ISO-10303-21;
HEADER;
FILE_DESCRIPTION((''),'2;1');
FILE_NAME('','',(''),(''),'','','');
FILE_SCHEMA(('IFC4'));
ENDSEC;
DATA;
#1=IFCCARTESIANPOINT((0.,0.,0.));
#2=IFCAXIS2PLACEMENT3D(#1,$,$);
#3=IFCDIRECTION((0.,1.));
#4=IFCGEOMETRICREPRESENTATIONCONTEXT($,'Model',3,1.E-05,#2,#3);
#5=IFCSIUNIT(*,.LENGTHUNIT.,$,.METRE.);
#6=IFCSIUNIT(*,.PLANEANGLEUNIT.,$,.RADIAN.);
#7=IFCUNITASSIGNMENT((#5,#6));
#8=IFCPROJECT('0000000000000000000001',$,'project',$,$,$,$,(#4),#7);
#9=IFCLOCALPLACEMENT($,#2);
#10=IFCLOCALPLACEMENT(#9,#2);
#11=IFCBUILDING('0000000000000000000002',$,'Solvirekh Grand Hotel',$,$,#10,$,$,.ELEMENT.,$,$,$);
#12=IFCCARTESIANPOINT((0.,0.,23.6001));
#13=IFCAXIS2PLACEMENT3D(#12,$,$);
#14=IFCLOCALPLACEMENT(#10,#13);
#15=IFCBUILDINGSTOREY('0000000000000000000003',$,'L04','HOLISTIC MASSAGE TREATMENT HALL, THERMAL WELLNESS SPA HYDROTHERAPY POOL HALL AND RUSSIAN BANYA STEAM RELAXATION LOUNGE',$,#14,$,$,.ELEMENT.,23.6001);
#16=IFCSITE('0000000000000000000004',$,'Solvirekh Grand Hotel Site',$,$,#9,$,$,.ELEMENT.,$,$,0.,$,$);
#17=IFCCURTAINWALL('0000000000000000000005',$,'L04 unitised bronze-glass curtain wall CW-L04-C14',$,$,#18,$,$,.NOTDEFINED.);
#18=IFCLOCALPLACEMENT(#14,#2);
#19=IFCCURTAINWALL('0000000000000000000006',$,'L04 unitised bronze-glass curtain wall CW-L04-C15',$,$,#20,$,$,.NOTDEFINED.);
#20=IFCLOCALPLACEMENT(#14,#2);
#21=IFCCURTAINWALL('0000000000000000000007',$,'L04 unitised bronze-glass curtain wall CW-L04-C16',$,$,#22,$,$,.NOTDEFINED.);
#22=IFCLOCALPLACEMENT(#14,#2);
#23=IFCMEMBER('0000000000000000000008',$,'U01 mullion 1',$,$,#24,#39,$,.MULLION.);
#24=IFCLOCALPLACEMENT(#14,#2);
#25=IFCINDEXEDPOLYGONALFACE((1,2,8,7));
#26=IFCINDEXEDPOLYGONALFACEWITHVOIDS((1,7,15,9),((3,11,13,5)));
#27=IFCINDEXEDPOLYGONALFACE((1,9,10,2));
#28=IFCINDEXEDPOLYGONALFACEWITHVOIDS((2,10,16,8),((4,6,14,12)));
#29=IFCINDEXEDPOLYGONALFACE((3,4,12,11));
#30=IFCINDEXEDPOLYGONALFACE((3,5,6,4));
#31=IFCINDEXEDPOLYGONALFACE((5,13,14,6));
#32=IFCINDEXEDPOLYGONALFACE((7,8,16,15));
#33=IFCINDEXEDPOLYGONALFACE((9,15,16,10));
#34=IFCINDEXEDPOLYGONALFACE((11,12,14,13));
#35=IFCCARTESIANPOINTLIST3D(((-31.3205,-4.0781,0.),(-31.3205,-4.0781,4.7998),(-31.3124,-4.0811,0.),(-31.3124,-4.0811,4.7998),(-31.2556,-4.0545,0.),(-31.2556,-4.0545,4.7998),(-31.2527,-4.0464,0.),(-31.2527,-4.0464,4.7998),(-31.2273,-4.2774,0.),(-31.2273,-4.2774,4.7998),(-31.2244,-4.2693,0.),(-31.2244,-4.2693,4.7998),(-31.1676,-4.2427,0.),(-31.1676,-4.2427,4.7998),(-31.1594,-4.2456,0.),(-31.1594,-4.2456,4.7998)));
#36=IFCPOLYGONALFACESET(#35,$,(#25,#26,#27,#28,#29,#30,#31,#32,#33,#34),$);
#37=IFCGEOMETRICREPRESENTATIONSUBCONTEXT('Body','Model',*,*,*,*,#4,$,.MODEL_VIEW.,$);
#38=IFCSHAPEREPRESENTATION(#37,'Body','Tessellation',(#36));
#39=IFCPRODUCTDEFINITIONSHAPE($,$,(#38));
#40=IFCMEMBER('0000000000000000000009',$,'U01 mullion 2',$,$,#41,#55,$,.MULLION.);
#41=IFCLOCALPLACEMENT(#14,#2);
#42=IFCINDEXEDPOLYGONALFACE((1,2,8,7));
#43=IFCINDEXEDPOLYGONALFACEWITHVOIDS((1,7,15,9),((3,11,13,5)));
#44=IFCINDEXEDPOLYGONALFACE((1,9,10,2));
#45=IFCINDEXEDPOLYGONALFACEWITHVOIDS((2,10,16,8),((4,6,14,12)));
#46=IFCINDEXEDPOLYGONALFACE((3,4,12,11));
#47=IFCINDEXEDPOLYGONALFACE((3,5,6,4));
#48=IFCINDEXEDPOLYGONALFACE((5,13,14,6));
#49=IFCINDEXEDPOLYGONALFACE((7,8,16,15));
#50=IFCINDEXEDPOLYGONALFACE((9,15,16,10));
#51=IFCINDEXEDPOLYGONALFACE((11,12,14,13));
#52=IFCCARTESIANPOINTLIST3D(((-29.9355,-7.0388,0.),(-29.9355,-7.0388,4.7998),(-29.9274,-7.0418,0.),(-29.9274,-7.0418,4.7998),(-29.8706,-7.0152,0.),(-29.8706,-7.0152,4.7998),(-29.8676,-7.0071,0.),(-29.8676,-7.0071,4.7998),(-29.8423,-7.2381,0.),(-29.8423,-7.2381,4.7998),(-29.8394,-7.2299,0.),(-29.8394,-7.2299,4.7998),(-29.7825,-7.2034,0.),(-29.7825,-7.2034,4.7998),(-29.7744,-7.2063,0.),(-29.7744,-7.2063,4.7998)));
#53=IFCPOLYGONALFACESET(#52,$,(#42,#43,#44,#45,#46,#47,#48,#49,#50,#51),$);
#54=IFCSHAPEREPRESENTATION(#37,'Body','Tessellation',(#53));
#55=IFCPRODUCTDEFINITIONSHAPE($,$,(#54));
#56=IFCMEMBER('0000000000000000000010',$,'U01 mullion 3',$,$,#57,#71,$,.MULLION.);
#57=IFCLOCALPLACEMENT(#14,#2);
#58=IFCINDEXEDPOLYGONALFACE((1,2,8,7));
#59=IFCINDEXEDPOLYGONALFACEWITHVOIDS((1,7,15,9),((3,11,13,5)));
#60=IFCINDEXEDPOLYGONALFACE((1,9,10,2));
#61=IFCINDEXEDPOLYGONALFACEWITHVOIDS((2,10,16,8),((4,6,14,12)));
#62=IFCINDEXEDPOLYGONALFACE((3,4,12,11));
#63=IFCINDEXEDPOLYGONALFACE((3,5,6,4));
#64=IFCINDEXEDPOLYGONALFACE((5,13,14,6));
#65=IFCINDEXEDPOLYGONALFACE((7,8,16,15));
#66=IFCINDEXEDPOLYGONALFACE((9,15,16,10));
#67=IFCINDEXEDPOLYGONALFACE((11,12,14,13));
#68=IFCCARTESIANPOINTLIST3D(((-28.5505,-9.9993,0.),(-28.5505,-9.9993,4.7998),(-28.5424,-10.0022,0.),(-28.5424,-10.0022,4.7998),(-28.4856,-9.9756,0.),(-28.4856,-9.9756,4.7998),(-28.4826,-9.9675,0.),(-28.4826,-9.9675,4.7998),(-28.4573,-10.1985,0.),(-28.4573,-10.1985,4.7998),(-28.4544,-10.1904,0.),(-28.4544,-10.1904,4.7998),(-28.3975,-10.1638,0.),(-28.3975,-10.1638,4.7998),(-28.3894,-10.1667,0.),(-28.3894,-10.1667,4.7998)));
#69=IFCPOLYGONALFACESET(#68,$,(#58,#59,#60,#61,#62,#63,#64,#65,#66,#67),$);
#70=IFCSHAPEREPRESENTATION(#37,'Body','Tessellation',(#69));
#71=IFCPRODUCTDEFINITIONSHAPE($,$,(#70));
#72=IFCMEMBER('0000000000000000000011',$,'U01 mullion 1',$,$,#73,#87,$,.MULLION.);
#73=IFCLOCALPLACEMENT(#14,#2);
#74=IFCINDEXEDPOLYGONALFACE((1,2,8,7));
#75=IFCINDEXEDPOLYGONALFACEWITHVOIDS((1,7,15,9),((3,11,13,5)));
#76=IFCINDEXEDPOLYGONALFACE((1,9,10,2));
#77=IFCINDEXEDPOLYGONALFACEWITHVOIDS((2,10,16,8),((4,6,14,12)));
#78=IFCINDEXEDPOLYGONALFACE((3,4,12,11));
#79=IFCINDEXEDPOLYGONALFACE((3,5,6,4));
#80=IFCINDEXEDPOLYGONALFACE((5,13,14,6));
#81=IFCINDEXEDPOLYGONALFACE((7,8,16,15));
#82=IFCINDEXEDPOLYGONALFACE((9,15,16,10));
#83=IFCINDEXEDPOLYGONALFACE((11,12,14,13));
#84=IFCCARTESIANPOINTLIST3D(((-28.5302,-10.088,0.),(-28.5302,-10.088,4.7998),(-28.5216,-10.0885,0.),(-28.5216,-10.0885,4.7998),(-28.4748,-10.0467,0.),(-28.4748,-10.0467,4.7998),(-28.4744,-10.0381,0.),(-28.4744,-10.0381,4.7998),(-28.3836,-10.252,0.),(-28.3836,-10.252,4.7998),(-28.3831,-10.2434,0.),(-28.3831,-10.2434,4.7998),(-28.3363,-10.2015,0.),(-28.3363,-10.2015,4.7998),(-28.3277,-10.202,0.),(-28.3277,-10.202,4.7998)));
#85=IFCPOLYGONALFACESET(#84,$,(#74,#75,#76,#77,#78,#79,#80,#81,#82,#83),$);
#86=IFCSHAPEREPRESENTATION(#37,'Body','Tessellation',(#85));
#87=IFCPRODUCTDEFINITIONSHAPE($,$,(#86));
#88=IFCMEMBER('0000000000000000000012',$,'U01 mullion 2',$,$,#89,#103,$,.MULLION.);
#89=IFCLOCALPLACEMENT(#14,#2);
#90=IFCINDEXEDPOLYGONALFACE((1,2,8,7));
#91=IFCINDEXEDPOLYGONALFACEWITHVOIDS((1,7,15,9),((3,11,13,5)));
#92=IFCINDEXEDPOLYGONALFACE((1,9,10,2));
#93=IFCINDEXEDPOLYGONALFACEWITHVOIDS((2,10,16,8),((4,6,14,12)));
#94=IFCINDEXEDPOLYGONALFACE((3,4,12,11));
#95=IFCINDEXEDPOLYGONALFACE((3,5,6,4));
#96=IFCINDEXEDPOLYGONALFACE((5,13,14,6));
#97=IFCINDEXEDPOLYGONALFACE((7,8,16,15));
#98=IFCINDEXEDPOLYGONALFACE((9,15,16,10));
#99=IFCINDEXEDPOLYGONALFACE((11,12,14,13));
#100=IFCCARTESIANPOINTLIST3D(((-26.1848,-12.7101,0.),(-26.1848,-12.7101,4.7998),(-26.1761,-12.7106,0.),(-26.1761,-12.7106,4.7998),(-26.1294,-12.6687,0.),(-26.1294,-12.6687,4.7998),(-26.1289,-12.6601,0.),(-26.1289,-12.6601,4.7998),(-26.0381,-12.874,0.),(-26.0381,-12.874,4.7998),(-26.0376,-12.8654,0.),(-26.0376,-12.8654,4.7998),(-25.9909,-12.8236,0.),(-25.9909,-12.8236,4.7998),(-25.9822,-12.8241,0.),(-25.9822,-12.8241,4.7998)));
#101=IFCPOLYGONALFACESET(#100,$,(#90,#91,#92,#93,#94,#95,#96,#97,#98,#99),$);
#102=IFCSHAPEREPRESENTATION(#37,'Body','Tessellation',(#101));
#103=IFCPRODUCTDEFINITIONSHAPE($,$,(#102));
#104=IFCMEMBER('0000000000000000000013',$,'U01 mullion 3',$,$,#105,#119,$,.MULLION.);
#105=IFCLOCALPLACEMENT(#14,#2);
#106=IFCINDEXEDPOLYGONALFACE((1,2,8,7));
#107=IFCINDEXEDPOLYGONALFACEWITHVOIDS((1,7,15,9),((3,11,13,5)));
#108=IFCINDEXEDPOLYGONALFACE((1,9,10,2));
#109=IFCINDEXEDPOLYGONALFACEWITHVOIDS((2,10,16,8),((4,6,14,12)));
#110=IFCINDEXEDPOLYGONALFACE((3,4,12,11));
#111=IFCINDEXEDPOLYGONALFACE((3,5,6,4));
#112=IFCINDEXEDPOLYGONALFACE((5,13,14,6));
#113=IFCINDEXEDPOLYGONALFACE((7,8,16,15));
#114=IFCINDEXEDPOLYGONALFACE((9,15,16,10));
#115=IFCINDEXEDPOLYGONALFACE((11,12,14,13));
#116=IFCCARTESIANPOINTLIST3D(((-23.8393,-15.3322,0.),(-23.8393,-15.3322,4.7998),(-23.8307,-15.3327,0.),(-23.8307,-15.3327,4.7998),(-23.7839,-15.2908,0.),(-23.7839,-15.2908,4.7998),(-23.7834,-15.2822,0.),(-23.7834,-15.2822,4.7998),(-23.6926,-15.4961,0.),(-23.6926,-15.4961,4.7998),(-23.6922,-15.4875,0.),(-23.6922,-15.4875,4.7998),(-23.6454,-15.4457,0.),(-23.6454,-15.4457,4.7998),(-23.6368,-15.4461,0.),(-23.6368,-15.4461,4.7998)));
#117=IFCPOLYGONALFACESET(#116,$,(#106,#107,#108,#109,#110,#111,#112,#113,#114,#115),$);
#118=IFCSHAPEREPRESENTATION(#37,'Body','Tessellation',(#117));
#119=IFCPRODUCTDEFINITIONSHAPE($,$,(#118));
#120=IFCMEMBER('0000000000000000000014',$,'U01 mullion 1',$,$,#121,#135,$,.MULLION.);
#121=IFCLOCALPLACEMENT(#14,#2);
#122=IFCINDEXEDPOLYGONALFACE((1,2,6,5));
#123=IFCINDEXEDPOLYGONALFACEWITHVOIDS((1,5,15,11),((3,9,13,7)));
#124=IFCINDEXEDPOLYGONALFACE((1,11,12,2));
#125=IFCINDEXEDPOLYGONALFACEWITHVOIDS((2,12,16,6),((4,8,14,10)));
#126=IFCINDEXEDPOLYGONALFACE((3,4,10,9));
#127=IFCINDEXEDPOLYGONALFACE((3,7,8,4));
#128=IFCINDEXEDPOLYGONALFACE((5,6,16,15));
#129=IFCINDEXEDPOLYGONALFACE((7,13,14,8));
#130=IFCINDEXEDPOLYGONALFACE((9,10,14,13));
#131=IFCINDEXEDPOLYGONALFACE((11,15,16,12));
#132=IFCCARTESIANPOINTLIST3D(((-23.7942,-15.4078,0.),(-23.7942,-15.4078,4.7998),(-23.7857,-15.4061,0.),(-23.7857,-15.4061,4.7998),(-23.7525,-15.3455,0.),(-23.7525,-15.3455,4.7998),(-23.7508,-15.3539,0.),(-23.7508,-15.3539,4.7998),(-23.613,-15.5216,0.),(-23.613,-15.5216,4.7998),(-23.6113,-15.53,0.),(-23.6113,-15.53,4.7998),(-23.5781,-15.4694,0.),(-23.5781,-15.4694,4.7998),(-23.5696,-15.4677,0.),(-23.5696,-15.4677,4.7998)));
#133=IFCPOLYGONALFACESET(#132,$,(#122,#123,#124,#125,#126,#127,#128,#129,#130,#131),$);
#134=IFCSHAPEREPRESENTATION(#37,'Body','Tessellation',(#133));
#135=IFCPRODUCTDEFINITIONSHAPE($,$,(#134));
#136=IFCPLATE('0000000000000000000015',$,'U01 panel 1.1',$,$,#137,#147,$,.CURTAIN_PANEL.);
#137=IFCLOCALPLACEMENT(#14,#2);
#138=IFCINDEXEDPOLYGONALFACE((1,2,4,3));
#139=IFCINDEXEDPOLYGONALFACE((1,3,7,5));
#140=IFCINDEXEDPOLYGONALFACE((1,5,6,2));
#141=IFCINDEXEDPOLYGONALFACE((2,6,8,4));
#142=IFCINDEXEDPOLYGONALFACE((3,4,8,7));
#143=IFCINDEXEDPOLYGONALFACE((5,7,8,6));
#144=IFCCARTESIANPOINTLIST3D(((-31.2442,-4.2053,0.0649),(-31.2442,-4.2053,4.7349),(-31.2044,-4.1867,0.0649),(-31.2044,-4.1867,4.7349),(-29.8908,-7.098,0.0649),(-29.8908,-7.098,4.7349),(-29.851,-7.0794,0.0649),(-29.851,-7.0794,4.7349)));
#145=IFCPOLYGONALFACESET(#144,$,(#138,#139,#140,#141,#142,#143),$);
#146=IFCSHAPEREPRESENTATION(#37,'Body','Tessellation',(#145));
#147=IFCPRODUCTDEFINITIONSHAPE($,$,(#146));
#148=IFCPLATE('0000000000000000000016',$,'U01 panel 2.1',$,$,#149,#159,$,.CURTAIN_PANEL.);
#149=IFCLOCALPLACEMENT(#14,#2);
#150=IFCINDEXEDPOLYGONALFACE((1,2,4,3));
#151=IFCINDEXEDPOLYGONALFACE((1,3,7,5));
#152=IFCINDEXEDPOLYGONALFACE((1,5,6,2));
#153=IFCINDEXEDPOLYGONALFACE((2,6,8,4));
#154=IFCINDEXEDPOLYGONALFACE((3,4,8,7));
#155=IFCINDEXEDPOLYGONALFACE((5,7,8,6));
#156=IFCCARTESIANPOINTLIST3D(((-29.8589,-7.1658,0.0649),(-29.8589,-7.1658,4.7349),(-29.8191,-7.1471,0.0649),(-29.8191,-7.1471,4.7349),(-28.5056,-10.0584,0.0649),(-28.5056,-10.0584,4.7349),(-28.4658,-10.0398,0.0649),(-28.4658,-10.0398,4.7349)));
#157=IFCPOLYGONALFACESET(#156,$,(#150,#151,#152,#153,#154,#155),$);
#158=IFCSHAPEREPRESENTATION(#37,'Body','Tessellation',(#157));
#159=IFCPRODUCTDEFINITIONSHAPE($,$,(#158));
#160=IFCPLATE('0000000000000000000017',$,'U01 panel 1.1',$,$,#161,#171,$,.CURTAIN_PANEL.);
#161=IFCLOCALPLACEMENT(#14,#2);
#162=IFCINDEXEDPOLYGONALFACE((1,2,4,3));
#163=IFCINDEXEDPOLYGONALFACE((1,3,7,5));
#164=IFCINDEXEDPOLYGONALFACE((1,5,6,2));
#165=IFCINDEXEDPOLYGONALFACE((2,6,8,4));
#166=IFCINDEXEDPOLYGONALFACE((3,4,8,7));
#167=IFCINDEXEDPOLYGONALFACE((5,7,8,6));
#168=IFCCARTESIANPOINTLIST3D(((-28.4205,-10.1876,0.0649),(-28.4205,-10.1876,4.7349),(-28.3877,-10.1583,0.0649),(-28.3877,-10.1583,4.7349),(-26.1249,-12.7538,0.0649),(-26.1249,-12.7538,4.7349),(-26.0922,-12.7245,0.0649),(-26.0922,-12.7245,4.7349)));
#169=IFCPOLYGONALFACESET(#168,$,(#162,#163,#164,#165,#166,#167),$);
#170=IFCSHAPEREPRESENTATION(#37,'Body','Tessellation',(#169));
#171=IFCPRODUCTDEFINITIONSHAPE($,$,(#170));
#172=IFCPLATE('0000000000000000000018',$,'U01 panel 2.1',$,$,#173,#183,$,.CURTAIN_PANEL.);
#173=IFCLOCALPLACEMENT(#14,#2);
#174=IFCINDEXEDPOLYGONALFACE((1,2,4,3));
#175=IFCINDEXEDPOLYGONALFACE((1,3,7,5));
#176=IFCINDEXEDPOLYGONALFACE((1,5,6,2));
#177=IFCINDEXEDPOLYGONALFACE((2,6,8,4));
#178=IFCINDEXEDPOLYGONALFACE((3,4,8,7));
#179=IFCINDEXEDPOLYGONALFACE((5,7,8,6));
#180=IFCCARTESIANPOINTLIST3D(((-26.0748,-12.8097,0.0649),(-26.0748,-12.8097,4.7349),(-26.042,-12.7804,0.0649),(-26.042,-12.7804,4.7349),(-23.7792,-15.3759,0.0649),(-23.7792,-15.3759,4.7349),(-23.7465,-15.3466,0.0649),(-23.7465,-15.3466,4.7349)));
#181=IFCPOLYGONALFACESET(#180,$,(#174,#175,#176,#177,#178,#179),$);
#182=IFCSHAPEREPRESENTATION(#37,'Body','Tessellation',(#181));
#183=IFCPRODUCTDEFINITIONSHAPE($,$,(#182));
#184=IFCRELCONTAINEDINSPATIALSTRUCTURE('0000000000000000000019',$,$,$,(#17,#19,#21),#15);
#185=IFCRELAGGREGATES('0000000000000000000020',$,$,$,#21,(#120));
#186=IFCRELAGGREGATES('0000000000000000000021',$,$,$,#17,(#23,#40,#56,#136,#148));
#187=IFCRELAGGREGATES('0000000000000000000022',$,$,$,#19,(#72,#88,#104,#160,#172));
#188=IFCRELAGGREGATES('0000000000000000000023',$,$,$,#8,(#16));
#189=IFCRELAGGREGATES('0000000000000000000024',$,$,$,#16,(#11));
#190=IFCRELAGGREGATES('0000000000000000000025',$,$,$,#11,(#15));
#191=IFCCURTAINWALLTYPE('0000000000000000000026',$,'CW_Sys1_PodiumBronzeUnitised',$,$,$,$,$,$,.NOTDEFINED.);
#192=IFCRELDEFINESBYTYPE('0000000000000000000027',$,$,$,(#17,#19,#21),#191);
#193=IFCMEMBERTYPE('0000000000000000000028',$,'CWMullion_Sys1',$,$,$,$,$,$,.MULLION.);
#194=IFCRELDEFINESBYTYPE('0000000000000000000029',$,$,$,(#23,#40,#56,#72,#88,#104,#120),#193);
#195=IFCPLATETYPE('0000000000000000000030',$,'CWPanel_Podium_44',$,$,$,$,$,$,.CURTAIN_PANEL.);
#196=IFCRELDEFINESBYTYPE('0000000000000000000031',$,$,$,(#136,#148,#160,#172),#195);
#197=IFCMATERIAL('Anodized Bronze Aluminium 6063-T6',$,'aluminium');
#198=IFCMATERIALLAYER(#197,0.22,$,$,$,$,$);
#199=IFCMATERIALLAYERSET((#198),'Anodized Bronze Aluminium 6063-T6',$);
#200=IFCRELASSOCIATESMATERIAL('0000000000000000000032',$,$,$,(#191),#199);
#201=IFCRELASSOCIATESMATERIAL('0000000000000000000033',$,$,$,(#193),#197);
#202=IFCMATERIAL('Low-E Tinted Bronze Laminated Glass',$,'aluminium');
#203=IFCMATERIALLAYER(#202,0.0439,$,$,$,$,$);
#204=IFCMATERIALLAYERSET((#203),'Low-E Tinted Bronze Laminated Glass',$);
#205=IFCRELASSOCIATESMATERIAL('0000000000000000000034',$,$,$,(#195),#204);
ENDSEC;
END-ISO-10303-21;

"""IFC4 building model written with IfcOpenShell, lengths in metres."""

from ifc_helpers import new_model, si_unit, direction, frame, origin, origin_2d, place, context, subcontext, project, spatial, rectangle, hollow_rectangle, extrude, source, transform, mapped, material, layer, layer_set, material_profile, profile_set, type_object, element, aggregate, save


model = new_model("IFC4")

# Units and contexts
model_context = context("Model", 3, precision=1e-05, world=origin(), true_north=direction((0.0, 1.0)))
body_context = subcontext(model_context, "Body", "Model", "MODEL_VIEW")
ifc_project = project(units=[si_unit("LENGTHUNIT", "METRE"), si_unit("PLANEANGLEUNIT", "RADIAN")], contexts=[model_context])

# Site, building, storey
site_placement = place(None, origin())
site = spatial("IfcSite", under=ifc_project, at=site_placement, Name="Solvirekh Grand Hotel Site", CompositionType="ELEMENT", RefElevation=0.0)
building_placement = place(site_placement, origin())
building = spatial("IfcBuilding", under=site, at=building_placement, Name="Solvirekh Grand Hotel", CompositionType="ELEMENT")
storey_placement = place(building_placement, frame((0.0, 0.0, 23.6001)))
storey = spatial("IfcBuildingStorey", under=building, at=storey_placement, Name="L04", Description="HOLISTIC MASSAGE TREATMENT HALL, THERMAL WELLNESS SPA HYDROTHERAPY POOL HALL AND RUSSIAN BANYA STEAM RELAXATION LOUNGE", CompositionType="ELEMENT", Elevation=23.6001)

# Curtain walls
ifc_material_1 = material(Name="Anodized Bronze Aluminium 6063-T6", Category="aluminium")
ifc_layer_1 = layer(ifc_material_1, 0.22)
ifc_layer_set_1 = layer_set([ifc_layer_1], Name="Anodized Bronze Aluminium 6063-T6")
curtain_wall_type = type_object("IfcCurtainWallType", Name="CW_Sys1_PodiumBronzeUnitised", PredefinedType="NOTDEFINED", material=ifc_layer_set_1)
curtain_wall_1_placement = place(storey_placement, origin())
curtain_wall_1 = element("IfcCurtainWall", 1, at=curtain_wall_1_placement, inside=storey, type_object=curtain_wall_type, Name="L04 unitised bronze-glass curtain wall CW-L04-C14", PredefinedType="NOTDEFINED")
curtain_wall_2_placement = place(storey_placement, origin())
curtain_wall_2 = element("IfcCurtainWall", 2, at=curtain_wall_2_placement, inside=storey, type_object=curtain_wall_type, Name="L04 unitised bronze-glass curtain wall CW-L04-C15", PredefinedType="NOTDEFINED")
curtain_wall_3_placement = place(storey_placement, origin())
curtain_wall_3 = element("IfcCurtainWall", 3, at=curtain_wall_3_placement, inside=storey, type_object=curtain_wall_type, Name="L04 unitised bronze-glass curtain wall CW-L04-C16", PredefinedType="NOTDEFINED")

# Members
ifc_material_profile_1 = material_profile(ifc_material_1, hollow_rectangle(XDim=0.075, YDim=0.22, WallThickness=0.0061, at=origin_2d()), Name="ALU RHS 220X75X6")
ifc_profile_set_1 = profile_set([ifc_material_profile_1], Name="Anodized Bronze Aluminium 6063-T6")
member_type_1 = type_object("IfcMemberType", Name="CWMullion_Sys1", PredefinedType="MULLION", material=ifc_profile_set_1)
shared_shape_1 = source(origin(), body_context, "Body", "SweptSolid", [
    extrude(hollow_rectangle(XDim=0.075, YDim=0.22, WallThickness=0.0061, at=origin_2d()), origin(), (0.0, 0.0, 1.0), 4.7998),
])
member_1_placement = place(storey_placement, frame((-31.24, -4.1619, 0.0), z_axis=(0.0, 0.0, 1.0), x_axis=(0.905769, 0.423771, 0.0)))
member_1 = element("IfcMember", 4, at=member_1_placement, type_object=member_type_1, Name="U01 mullion 1", PredefinedType="MULLION", context=body_context, shape_type="MappedRepresentation", body=[
    mapped(shared_shape_1, transform((0.0, 0.0, 0.0), x_axis=(1.0, 0.0, 0.0), y_axis=(0.0, 1.0, 0.0), z_axis=(0.0, 0.0, 1.0), scale=1.0)),
])
member_2_placement = place(storey_placement, frame((-29.855, -7.1226, 0.0), z_axis=(0.0, 0.0, 1.0), x_axis=(0.905769, 0.423771, 0.0)))
member_2 = element("IfcMember", 5, at=member_2_placement, type_object=member_type_1, Name="U01 mullion 2", PredefinedType="MULLION", context=body_context, shape_type="MappedRepresentation", body=[
    mapped(shared_shape_1, transform((0.0, 0.0, 0.0), x_axis=(1.0, 0.0, 0.0), y_axis=(0.0, 1.0, 0.0), z_axis=(0.0, 0.0, 1.0), scale=1.0)),
])
member_3_placement = place(storey_placement, frame((-28.47, -10.083, 0.0), z_axis=(0.0, 0.0, 1.0), x_axis=(0.905769, 0.423771, 0.0)))
member_3 = element("IfcMember", 6, at=member_3_placement, type_object=member_type_1, Name="U01 mullion 3", PredefinedType="MULLION", context=body_context, shape_type="MappedRepresentation", body=[
    mapped(shared_shape_1, transform((0.0, 0.0, 0.0), x_axis=(1.0, 0.0, 0.0), y_axis=(0.0, 1.0, 0.0), z_axis=(0.0, 0.0, 1.0), scale=1.0)),
])
member_4_placement = place(storey_placement, frame((-28.429, -10.145, 0.0), z_axis=(0.0, 0.0, 1.0), x_axis=(0.745319, 0.666709, 0.0)))
member_4 = element("IfcMember", 7, at=member_4_placement, type_object=member_type_1, Name="U01 mullion 1", PredefinedType="MULLION", context=body_context, shape_type="MappedRepresentation", body=[
    mapped(shared_shape_1, transform((0.0, 0.0, 0.0), x_axis=(1.0, 0.0, 0.0), y_axis=(0.0, 1.0, 0.0), z_axis=(0.0, 0.0, 1.0), scale=1.0)),
])
member_5_placement = place(storey_placement, frame((-26.0835, -12.7671, 0.0), z_axis=(0.0, 0.0, 1.0), x_axis=(0.745319, 0.666709, 0.0)))
member_5 = element("IfcMember", 8, at=member_5_placement, type_object=member_type_1, Name="U01 mullion 2", PredefinedType="MULLION", context=body_context, shape_type="MappedRepresentation", body=[
    mapped(shared_shape_1, transform((0.0, 0.0, 0.0), x_axis=(1.0, 0.0, 0.0), y_axis=(0.0, 1.0, 0.0), z_axis=(0.0, 0.0, 1.0), scale=1.0)),
])
member_6_placement = place(storey_placement, frame((-23.738, -15.3892, 0.0), z_axis=(0.0, 0.0, 1.0), x_axis=(0.745319, 0.666709, 0.0)))
member_6 = element("IfcMember", 9, at=member_6_placement, type_object=member_type_1, Name="U01 mullion 3", PredefinedType="MULLION", context=body_context, shape_type="MappedRepresentation", body=[
    mapped(shared_shape_1, transform((0.0, 0.0, 0.0), x_axis=(1.0, 0.0, 0.0), y_axis=(0.0, 1.0, 0.0), z_axis=(0.0, 0.0, 1.0), scale=1.0)),
])
member_7_placement = place(storey_placement, frame((-23.6819, -15.4377, 0.0), z_axis=(0.0, 0.0, 1.0), x_axis=(0.555696, 0.831386, 0.0)))
member_7 = element("IfcMember", 10, at=member_7_placement, type_object=member_type_1, Name="U01 mullion 1", PredefinedType="MULLION", context=body_context, shape_type="MappedRepresentation", body=[
    mapped(shared_shape_1, transform((0.0, 0.0, 0.0), x_axis=(1.0, 0.0, 0.0), y_axis=(0.0, 1.0, 0.0), z_axis=(0.0, 0.0, 1.0), scale=1.0)),
])
aggregate(curtain_wall_3, [member_7])

# Plates
ifc_material_2 = material(Name="Low-E Tinted Bronze Laminated Glass", Category="aluminium")
ifc_layer_2 = layer(ifc_material_2, 0.0439)
ifc_layer_set_2 = layer_set([ifc_layer_2], Name="Low-E Tinted Bronze Laminated Glass")
plate_type = type_object("IfcPlateType", Name="CWPanel_Podium_44", PredefinedType="CURTAIN_PANEL", material=ifc_layer_set_2)
shared_shape_2 = source(origin(), body_context, "Body", "SweptSolid", [
    extrude(rectangle(XDim=3.1936, YDim=0.0439, at=origin_2d()), origin(), (0.0, 0.0, 1.0), 4.6699),
])
plate_1_placement = place(storey_placement, frame((-30.5476, -5.6423, 0.0649), z_axis=(0.0, 0.0, 1.0), x_axis=(0.423771, -0.905769, 0.0)))
plate_1 = element("IfcPlate", 11, at=plate_1_placement, type_object=plate_type, Name="U01 panel 1.1", PredefinedType="CURTAIN_PANEL", context=body_context, shape_type="MappedRepresentation", body=[
    mapped(shared_shape_2, transform((0.0, 0.0, 0.0), x_axis=(1.0, 0.0, 0.0), y_axis=(0.0, 1.0, 0.0), z_axis=(0.0, 0.0, 1.0), scale=1.0)),
])
plate_2_placement = place(storey_placement, frame((-29.1624, -8.6028, 0.0649), z_axis=(0.0, 0.0, 1.0), x_axis=(0.423771, -0.905769, 0.0)))
plate_2 = element("IfcPlate", 12, at=plate_2_placement, type_object=plate_type, Name="U01 panel 2.1", PredefinedType="CURTAIN_PANEL", context=body_context, shape_type="MappedRepresentation", body=[
    mapped(shared_shape_2, transform((0.0, 0.0, 0.0), x_axis=(1.0, 0.0, 0.0), y_axis=(0.0, 1.0, 0.0), z_axis=(0.0, 0.0, 1.0), scale=1.0)),
])
aggregate(curtain_wall_1, [member_1, member_2, member_3, plate_1, plate_2])
shared_shape_3 = source(origin(), body_context, "Body", "SweptSolid", [
    extrude(rectangle(XDim=3.4431, YDim=0.0439, at=origin_2d()), origin(), (0.0, 0.0, 1.0), 4.6699),
])
plate_3_placement = place(storey_placement, frame((-27.2563, -11.4561, 0.0649), z_axis=(0.0, 0.0, 1.0), x_axis=(0.666709, -0.745319, 0.0)))
plate_3 = element("IfcPlate", 13, at=plate_3_placement, type_object=plate_type, Name="U01 panel 1.1", PredefinedType="CURTAIN_PANEL", context=body_context, shape_type="MappedRepresentation", body=[
    mapped(shared_shape_3, transform((0.0, 0.0, 0.0), x_axis=(1.0, 0.0, 0.0), y_axis=(0.0, 1.0, 0.0), z_axis=(0.0, 0.0, 1.0), scale=1.0)),
])
plate_4_placement = place(storey_placement, frame((-24.9106, -14.0781, 0.0649), z_axis=(0.0, 0.0, 1.0), x_axis=(0.666709, -0.745319, 0.0)))
plate_4 = element("IfcPlate", 14, at=plate_4_placement, type_object=plate_type, Name="U01 panel 2.1", PredefinedType="CURTAIN_PANEL", context=body_context, shape_type="MappedRepresentation", body=[
    mapped(shared_shape_3, transform((0.0, 0.0, 0.0), x_axis=(1.0, 0.0, 0.0), y_axis=(0.0, 1.0, 0.0), z_axis=(0.0, 0.0, 1.0), scale=1.0)),
])
aggregate(curtain_wall_2, [member_4, member_5, member_6, plate_3, plate_4])

save(model, "model.ifc")
